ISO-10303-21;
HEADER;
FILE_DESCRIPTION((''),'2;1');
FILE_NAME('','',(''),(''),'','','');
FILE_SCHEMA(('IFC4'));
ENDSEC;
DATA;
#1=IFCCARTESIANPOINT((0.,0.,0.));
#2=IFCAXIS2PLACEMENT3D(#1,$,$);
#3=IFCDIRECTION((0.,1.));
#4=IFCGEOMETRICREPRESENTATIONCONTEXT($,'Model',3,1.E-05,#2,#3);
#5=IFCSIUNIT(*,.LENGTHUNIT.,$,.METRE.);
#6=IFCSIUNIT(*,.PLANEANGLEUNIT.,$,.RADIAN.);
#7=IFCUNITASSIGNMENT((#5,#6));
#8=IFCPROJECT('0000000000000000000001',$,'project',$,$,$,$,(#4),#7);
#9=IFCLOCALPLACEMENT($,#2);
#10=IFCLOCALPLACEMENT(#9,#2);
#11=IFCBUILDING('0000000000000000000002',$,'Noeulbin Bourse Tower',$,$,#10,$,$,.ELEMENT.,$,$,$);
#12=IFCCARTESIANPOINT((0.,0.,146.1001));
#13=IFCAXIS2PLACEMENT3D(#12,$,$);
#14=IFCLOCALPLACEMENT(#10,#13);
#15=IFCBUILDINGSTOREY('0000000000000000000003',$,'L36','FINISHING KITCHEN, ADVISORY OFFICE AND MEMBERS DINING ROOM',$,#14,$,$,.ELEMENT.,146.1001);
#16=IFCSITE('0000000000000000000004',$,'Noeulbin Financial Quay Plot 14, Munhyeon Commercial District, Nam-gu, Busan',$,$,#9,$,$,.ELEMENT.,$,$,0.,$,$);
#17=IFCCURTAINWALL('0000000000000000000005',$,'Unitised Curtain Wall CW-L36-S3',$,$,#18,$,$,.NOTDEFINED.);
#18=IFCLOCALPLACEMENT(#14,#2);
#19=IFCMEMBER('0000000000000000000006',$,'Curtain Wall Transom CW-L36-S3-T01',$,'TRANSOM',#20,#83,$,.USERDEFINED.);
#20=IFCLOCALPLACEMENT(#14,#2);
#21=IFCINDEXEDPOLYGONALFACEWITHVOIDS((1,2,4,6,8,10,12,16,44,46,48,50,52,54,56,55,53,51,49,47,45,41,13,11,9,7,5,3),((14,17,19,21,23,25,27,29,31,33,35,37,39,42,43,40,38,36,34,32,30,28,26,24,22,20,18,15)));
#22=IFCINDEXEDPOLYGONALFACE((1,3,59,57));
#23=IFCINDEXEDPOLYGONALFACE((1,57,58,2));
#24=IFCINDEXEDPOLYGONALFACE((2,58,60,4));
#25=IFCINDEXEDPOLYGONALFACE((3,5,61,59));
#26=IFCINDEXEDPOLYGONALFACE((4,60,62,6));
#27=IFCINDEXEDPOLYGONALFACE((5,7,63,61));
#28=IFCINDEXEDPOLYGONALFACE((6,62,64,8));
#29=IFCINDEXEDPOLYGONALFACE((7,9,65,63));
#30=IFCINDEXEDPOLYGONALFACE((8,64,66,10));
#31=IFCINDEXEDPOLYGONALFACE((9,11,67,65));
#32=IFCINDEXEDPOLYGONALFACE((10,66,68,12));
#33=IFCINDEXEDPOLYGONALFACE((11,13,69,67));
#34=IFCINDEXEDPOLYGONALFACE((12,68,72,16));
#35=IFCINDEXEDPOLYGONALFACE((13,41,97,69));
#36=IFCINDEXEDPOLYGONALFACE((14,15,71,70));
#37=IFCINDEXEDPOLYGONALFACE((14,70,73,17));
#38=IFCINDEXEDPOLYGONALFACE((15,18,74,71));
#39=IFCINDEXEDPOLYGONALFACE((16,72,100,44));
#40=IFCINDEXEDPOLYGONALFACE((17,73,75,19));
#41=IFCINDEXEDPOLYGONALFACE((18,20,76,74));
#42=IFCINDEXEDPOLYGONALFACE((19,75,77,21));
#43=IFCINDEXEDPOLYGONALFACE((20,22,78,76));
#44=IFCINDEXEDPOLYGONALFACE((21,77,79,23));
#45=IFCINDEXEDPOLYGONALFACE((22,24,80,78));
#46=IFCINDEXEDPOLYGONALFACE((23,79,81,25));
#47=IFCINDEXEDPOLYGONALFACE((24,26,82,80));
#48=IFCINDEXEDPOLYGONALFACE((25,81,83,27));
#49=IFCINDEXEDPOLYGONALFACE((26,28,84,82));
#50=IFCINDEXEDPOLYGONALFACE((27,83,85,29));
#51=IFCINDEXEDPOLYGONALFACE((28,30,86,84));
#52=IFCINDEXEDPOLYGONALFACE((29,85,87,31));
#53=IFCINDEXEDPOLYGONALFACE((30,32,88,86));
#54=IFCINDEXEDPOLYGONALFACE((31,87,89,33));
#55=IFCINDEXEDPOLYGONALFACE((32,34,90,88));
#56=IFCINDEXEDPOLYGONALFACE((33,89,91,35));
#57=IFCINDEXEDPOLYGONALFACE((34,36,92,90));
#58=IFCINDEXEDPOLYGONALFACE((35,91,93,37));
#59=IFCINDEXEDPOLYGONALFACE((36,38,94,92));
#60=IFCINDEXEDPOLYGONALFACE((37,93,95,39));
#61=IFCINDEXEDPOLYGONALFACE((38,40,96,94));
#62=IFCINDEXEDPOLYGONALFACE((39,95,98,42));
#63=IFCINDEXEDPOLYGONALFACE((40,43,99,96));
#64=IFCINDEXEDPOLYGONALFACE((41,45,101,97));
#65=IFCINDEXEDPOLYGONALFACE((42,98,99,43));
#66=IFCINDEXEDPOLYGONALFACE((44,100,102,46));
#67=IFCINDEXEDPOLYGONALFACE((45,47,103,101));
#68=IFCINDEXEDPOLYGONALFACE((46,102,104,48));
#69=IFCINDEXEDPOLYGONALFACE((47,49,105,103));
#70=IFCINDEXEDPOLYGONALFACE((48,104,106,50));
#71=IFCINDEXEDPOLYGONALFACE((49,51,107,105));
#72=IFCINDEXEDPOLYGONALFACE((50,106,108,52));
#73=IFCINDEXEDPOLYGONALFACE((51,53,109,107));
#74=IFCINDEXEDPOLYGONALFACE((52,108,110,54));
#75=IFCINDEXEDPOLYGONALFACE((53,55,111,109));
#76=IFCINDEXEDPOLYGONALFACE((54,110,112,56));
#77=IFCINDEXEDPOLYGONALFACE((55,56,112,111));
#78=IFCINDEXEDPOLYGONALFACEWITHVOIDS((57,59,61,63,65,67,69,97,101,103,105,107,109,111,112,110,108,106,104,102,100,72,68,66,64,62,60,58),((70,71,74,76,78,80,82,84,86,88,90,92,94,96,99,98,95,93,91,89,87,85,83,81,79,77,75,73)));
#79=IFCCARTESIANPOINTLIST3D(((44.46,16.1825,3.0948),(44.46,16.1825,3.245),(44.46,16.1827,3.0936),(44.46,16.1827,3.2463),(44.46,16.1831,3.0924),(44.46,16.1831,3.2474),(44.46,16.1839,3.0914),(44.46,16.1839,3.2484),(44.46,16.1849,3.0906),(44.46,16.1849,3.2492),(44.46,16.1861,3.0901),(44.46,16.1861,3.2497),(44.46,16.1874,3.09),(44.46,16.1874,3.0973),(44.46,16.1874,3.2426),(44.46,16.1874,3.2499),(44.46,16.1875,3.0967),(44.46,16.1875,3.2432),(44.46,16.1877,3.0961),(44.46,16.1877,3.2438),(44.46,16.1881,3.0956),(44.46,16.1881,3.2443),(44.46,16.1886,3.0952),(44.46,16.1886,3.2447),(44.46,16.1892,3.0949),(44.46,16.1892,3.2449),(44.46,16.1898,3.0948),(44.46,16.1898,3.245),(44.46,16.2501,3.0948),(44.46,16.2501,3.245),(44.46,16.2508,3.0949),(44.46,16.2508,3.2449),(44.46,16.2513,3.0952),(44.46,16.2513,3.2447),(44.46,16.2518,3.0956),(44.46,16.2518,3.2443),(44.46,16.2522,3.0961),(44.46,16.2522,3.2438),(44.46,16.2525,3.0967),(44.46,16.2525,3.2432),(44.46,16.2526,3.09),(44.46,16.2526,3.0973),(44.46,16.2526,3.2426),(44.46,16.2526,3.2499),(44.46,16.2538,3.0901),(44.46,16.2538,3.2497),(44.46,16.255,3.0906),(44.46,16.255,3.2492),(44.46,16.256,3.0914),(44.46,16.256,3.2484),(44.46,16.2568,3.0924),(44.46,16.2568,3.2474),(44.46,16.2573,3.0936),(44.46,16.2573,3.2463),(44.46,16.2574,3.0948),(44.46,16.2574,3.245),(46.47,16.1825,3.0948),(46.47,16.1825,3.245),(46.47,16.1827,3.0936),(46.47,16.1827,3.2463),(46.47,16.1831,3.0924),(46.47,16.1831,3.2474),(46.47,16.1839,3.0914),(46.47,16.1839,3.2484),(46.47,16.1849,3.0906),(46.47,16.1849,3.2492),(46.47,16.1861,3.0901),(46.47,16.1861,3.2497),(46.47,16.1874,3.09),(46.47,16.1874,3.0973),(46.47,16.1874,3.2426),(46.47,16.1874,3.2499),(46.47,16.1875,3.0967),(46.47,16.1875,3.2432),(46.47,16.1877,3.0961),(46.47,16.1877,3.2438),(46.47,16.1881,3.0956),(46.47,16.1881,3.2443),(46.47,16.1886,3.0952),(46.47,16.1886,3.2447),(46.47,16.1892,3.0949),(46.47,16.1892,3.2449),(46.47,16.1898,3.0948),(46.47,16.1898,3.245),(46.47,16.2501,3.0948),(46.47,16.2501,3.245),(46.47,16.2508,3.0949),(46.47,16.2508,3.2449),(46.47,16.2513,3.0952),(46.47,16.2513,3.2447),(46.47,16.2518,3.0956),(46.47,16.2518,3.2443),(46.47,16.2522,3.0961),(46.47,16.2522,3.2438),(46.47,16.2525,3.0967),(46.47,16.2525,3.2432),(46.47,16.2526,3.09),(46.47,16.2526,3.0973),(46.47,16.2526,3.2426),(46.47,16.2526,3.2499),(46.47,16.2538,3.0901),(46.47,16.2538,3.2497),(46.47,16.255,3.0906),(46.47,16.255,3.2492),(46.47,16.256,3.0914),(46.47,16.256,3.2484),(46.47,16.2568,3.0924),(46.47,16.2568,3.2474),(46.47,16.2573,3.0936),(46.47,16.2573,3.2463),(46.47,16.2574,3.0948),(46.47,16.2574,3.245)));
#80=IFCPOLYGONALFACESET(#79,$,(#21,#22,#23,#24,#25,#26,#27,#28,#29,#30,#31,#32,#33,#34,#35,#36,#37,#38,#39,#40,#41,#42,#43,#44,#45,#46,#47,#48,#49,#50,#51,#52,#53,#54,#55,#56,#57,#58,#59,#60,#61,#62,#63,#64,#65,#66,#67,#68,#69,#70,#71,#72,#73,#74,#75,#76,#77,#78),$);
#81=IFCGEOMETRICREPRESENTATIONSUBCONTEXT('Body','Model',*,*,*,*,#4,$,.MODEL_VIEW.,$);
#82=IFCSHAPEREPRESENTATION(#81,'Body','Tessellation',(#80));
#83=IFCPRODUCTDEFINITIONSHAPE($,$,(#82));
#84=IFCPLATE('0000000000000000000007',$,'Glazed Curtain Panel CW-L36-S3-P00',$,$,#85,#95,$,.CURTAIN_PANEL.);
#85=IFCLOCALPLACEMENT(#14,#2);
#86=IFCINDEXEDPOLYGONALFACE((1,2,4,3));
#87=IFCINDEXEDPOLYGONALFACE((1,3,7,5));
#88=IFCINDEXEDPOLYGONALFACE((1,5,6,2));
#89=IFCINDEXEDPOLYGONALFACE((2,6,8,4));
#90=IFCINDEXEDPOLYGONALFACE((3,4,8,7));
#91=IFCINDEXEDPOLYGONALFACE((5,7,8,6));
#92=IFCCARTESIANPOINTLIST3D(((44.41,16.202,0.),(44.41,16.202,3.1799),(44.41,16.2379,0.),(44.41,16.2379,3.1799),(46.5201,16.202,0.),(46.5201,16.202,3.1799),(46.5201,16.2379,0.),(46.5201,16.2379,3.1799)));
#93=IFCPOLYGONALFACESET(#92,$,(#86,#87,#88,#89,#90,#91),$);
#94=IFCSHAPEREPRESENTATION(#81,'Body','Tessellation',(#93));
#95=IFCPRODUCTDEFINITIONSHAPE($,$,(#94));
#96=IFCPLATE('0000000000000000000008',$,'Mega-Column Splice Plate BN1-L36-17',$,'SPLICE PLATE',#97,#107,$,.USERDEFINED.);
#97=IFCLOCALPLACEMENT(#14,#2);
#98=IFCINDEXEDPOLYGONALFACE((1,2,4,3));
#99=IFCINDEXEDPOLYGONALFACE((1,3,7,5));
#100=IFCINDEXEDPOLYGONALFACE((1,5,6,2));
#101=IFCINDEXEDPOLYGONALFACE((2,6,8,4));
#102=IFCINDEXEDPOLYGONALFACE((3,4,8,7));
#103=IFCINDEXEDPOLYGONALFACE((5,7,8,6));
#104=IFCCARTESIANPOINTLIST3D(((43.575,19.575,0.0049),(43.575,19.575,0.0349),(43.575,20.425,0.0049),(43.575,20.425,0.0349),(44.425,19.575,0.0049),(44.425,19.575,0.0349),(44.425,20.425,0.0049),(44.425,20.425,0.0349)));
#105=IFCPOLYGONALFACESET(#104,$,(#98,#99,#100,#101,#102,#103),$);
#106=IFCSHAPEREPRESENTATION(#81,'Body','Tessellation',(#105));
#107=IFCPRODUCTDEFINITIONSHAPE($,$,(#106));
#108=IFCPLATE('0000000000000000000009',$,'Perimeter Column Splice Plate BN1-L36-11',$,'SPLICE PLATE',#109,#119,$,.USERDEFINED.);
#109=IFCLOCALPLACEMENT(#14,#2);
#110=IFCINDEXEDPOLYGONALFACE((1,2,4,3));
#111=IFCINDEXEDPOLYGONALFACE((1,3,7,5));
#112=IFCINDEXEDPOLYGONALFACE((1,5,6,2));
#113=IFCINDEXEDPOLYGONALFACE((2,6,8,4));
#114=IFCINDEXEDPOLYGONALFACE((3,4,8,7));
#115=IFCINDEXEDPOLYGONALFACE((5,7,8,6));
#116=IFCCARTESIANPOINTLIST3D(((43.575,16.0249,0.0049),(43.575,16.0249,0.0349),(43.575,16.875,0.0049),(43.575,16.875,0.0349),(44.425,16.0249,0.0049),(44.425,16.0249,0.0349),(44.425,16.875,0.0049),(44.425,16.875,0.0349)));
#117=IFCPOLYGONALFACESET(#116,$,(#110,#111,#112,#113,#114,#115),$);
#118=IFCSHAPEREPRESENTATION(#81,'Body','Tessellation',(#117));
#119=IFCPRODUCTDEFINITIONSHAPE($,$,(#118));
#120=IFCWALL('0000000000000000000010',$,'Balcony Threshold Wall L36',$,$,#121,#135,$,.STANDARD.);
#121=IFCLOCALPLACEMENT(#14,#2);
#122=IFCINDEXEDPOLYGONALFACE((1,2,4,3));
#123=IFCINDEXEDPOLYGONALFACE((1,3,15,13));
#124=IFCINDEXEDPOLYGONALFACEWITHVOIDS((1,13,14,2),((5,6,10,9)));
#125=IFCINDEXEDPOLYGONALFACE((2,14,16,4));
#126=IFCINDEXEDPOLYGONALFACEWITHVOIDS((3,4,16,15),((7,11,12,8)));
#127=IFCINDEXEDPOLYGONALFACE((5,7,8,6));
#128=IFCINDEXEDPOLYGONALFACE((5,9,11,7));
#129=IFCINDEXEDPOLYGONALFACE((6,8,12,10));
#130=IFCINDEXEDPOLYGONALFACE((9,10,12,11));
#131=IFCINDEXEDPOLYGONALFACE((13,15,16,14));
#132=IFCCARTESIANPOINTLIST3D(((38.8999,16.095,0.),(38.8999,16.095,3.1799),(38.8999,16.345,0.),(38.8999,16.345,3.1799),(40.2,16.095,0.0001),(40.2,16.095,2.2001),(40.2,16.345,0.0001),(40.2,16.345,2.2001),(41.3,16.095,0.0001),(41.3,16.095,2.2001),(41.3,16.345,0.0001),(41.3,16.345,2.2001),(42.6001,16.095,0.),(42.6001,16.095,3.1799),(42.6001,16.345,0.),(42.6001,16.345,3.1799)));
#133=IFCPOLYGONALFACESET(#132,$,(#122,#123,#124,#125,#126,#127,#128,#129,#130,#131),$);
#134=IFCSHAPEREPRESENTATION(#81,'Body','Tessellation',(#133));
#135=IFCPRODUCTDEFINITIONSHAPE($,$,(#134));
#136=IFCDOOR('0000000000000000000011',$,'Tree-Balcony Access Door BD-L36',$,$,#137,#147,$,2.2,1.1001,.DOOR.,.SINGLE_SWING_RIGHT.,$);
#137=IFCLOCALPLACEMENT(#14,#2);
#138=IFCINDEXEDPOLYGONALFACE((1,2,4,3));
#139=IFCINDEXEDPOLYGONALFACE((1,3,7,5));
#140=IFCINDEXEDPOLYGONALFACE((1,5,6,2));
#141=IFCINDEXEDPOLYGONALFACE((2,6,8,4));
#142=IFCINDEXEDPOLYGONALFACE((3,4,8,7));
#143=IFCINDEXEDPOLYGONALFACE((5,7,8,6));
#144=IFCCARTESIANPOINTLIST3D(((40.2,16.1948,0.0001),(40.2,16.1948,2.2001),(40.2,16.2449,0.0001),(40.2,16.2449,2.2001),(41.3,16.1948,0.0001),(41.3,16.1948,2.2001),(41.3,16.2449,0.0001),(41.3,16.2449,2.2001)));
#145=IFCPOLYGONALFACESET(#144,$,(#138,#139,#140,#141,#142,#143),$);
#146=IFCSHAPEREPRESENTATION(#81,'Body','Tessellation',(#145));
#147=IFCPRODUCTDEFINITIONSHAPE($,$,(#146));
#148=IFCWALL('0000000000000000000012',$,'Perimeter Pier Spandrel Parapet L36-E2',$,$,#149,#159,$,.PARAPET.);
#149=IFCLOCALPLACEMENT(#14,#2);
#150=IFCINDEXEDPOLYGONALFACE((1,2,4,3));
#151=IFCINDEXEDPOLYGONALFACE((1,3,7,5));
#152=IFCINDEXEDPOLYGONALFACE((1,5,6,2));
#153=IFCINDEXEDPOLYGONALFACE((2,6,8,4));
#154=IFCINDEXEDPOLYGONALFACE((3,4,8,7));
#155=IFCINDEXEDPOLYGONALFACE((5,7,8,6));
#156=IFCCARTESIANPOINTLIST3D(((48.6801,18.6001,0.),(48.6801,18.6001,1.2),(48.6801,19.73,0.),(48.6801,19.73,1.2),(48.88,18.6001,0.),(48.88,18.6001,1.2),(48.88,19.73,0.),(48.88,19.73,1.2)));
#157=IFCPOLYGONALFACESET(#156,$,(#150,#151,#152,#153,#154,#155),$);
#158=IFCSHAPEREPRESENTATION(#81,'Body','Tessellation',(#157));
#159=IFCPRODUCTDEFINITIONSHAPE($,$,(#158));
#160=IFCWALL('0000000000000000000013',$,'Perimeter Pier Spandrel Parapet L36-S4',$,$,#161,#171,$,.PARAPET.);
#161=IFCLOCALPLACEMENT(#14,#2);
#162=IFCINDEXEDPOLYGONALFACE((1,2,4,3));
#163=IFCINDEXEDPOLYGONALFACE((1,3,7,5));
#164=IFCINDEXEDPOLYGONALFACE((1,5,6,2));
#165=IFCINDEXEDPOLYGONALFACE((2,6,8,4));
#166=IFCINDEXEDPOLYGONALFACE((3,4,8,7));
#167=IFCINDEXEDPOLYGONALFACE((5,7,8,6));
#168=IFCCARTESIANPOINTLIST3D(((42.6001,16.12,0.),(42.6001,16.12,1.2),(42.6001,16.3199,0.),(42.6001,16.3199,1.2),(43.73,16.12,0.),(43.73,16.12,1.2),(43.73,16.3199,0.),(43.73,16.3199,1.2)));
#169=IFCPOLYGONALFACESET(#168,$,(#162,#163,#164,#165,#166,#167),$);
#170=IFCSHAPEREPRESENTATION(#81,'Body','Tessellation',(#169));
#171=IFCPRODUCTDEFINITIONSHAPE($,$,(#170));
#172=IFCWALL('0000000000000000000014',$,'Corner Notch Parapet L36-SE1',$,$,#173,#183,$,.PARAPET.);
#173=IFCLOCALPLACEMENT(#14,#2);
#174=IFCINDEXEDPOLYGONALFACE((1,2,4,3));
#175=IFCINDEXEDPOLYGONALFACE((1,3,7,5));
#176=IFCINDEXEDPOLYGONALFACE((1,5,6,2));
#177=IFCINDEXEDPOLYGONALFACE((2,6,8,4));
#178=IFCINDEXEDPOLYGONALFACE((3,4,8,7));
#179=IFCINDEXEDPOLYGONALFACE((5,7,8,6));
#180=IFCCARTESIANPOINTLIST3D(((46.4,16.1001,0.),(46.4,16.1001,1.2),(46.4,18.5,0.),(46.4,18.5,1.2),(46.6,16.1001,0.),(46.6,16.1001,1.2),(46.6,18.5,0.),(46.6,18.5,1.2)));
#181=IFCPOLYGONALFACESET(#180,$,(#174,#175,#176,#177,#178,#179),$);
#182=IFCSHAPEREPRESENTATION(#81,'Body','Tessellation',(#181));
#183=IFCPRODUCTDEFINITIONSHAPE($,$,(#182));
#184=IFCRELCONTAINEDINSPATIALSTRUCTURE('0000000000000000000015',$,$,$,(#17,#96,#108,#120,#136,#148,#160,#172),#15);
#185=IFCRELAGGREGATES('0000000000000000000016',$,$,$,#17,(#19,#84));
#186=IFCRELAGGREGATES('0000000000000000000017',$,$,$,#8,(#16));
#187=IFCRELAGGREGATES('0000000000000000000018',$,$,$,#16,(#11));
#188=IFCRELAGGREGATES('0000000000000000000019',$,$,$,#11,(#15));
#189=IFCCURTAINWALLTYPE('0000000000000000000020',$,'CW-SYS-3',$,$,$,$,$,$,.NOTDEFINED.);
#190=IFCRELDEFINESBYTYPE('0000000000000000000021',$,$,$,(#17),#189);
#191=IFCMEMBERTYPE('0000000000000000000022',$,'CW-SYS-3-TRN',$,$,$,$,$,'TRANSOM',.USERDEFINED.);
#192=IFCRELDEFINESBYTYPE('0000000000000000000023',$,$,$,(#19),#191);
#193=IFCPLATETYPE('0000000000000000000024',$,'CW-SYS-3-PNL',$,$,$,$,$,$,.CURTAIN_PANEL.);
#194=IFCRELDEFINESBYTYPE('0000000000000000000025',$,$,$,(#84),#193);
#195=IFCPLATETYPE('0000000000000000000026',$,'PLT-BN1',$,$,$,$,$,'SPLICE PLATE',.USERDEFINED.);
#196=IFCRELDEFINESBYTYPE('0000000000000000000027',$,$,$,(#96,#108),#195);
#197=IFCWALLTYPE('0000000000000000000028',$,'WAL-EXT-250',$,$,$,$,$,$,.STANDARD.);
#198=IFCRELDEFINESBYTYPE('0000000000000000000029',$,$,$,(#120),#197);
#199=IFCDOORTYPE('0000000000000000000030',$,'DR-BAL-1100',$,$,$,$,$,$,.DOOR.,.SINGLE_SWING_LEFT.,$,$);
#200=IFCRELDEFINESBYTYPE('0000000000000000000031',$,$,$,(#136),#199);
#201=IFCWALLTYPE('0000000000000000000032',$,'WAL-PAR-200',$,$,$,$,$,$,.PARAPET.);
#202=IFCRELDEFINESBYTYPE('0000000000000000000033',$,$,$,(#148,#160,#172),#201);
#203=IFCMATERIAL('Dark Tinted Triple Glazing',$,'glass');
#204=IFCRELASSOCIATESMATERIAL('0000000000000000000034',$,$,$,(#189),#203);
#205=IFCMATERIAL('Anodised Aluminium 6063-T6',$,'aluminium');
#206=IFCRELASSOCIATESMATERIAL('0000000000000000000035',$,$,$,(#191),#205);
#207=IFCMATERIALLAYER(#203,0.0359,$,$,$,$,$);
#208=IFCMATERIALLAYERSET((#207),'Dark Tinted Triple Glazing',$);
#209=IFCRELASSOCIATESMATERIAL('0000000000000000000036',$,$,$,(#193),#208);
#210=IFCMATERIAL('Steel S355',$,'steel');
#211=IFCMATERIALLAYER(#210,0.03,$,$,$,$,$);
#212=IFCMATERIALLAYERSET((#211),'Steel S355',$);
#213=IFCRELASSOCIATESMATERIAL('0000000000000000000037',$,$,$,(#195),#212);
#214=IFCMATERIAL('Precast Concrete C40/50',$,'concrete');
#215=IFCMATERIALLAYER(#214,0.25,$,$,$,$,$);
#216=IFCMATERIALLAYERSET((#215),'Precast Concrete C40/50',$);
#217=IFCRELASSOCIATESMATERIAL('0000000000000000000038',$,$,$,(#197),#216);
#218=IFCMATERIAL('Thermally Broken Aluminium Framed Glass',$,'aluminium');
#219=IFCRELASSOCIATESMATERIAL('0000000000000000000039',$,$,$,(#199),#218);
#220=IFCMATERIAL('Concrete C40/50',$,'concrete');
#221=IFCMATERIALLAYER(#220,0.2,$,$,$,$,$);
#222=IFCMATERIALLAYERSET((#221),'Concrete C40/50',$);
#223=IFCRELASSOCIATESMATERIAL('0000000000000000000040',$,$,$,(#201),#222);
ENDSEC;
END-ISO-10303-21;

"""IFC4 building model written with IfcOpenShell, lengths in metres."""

from ifc_helpers import new_model, si_unit, direction, frame, frame_2d, origin, origin_2d, place, context, subcontext, project, spatial, rectangle, hollow_rectangle, extrude, material, layer, layer_set, material_profile, profile_set, type_object, element, fill, aggregate, save


model = new_model("IFC4")

# Units and contexts
model_context = context("Model", 3, precision=1e-05, world=origin(), true_north=direction((0.0, 1.0)))
body_context = subcontext(model_context, "Body", "Model", "MODEL_VIEW")
ifc_project = project(units=[si_unit("LENGTHUNIT", "METRE"), si_unit("PLANEANGLEUNIT", "RADIAN")], contexts=[model_context])

# Site, building, storey
site_placement = place(None, origin())
site = spatial("IfcSite", under=ifc_project, at=site_placement, Name="Noeulbin Financial Quay Plot 14, Munhyeon Commercial District, Nam-gu, Busan", CompositionType="ELEMENT", RefElevation=0.0)
building_placement = place(site_placement, origin())
building = spatial("IfcBuilding", under=site, at=building_placement, Name="Noeulbin Bourse Tower", CompositionType="ELEMENT")
storey_placement = place(building_placement, frame((0.0, 0.0, 146.1001)))
storey = spatial("IfcBuildingStorey", under=building, at=storey_placement, Name="L36", Description="FINISHING KITCHEN, ADVISORY OFFICE AND MEMBERS DINING ROOM", CompositionType="ELEMENT", Elevation=146.1001)

# Shared definitions
ifc_material_1 = material(Name="Steel S355", Category="steel")

# Curtain wall, member, plate
ifc_material_2 = material(Name="Dark Tinted Triple Glazing", Category="glass")
curtain_wall_type = type_object("IfcCurtainWallType", Name="CW-SYS-3", PredefinedType="NOTDEFINED", material=ifc_material_2)
curtain_wall_placement = place(storey_placement, origin())
curtain_wall = element("IfcCurtainWall", 1, at=curtain_wall_placement, inside=storey, type_object=curtain_wall_type, Name="Unitised Curtain Wall CW-L36-S3", PredefinedType="NOTDEFINED")
ifc_material_3 = material(Name="Anodised Aluminium 6063-T6", Category="aluminium")
ifc_material_profile_1 = material_profile(ifc_material_3, hollow_rectangle(XDim=0.075, YDim=0.1599, WallThickness=0.0049, InnerFilletRadius=0.0024, OuterFilletRadius=0.0049, at=origin_2d()), Name="ALU-TRAN-75x160x5", Category="LoadBearing")
ifc_profile_set_1 = profile_set([ifc_material_profile_1], Name="Anodised Aluminium 6063-T6")
member_type_1 = type_object("IfcMemberType", Name="CW-SYS-3-TRN", ElementType="TRANSOM", PredefinedType="USERDEFINED", material=ifc_profile_set_1)
member_1_placement = place(storey_placement, frame((44.46, 16.22, 3.1699), z_axis=(1.0, 0.0, 0.0), x_axis=(0.0, 1.0, 0.0)))
member_1 = element("IfcMember", 2, at=member_1_placement, type_object=member_type_1, Name="Curtain Wall Transom CW-L36-S3-T01", ObjectType="TRANSOM", PredefinedType="USERDEFINED", context=body_context, shape_type="SweptSolid", body=[
    extrude(hollow_rectangle(XDim=0.075, YDim=0.1599, WallThickness=0.0049, InnerFilletRadius=0.0024, OuterFilletRadius=0.0049, at=origin_2d()), origin(), (0.0, 0.0, 1.0), 2.01),
])
ifc_layer_1 = layer(ifc_material_2, 0.0359)
ifc_layer_set_1 = layer_set([ifc_layer_1], Name="Dark Tinted Triple Glazing")
plate_type_1 = type_object("IfcPlateType", Name="CW-SYS-3-PNL", PredefinedType="CURTAIN_PANEL", material=ifc_layer_set_1)
plate_placement = place(storey_placement, frame((45.4651, 16.22, 0.0), z_axis=(0.0, 0.0, 1.0), x_axis=(1.0, 0.0, 0.0)))
plate = element("IfcPlate", 3, at=plate_placement, type_object=plate_type_1, Name="Glazed Curtain Panel CW-L36-S3-P00", PredefinedType="CURTAIN_PANEL", context=body_context, shape_type="SweptSolid", body=[
    extrude(rectangle(XDim=2.1101, YDim=0.0359, at=origin_2d()), origin(), (0.0, 0.0, 1.0), 3.1799),
])
aggregate(curtain_wall, [member_1, plate])

# Plates
ifc_layer_2 = layer(ifc_material_1, 0.03)
ifc_layer_set_2 = layer_set([ifc_layer_2], Name="Steel S355")
plate_type_2 = type_object("IfcPlateType", Name="PLT-BN1", ElementType="SPLICE PLATE", PredefinedType="USERDEFINED", material=ifc_layer_set_2)
for number, where, z_axis, x_axis, name in (
    (4, (44.0, 20.0, 0.0049), (0.0, 0.0, 1.0), (1.0, 0.0, 0.0), "Mega-Column Splice Plate BN1-L36-17"),
    (5, (44.0, 16.45, 0.0049), (0.0, 0.0, 1.0), (1.0, 0.0, 0.0), "Perimeter Column Splice Plate BN1-L36-11"),
):
    element("IfcPlate", number, at=place(storey_placement, frame(where, z_axis=z_axis, x_axis=x_axis)), inside=storey, type_object=plate_type_2, Name=name, ObjectType="SPLICE PLATE", PredefinedType="USERDEFINED", context=body_context, shape_type="SweptSolid", body=[
        extrude(rectangle(XDim=0.8501, YDim=0.8501, at=origin_2d()), origin(), (0.0, 0.0, 1.0), 0.03),
    ])

# Wall, opening, door
ifc_material_4 = material(Name="Precast Concrete C40/50", Category="concrete")
ifc_layer_3 = layer(ifc_material_4, 0.25)
ifc_layer_set_3 = layer_set([ifc_layer_3], Name="Precast Concrete C40/50")
wall_type_1 = type_object("IfcWallType", Name="WAL-EXT-250", PredefinedType="STANDARD", material=ifc_layer_set_3)
wall_1_placement = place(storey_placement, frame((38.8999, 16.22, 0.0), z_axis=(0.0, 0.0, 1.0), x_axis=(1.0, 0.0, 0.0)))
wall_1 = element("IfcWall", 6, at=wall_1_placement, inside=storey, type_object=wall_type_1, Name="Balcony Threshold Wall L36", PredefinedType="STANDARD", context=body_context, shape_type="SweptSolid", body=[
    extrude(rectangle(XDim=3.7002, YDim=0.25, at=frame_2d((1.8501, 0.0))), origin(), (0.0, 0.0, 1.0), 3.1799),
])
opening_placement = place(wall_1_placement, frame((1.3, 0.0, 0.0)))
opening = element("IfcOpeningElement", 7, at=opening_placement, cuts=wall_1, PredefinedType="OPENING", context=body_context, shape_type="SweptSolid", body=[
    extrude(rectangle(XDim=1.1001, YDim=2.2, at=frame_2d((0.55, 1.1001))), frame((0.0, 0.135, 0.0), z_axis=(0.0, -1.0, 0.0), x_axis=(1.0, 0.0, 0.0)), (0.0, 0.0, 1.0), 0.27),
])
ifc_material_5 = material(Name="Thermally Broken Aluminium Framed Glass", Category="aluminium")
door_type = type_object("IfcDoorType", Name="DR-BAL-1100", OperationType="SINGLE_SWING_LEFT", PredefinedType="DOOR", material=ifc_material_5)
door_placement = place(opening_placement, origin())
door = element("IfcDoor", 8, at=door_placement, inside=storey, type_object=door_type, Name="Tree-Balcony Access Door BD-L36", OperationType="SINGLE_SWING_RIGHT", OverallHeight=2.2, OverallWidth=1.1001, PredefinedType="DOOR", context=body_context, shape_type="SweptSolid", body=[
    extrude(rectangle(XDim=1.1001, YDim=2.2, at=frame_2d((0.55, 1.1001))), frame((0.0, 0.0249, 0.0), z_axis=(0.0, -1.0, 0.0), x_axis=(1.0, 0.0, 0.0)), (0.0, 0.0, 1.0), 0.05),
])
fill(opening, door)

# Walls
ifc_material_6 = material(Name="Concrete C40/50", Category="concrete")
ifc_layer_4 = layer(ifc_material_6, 0.2)
ifc_layer_set_4 = layer_set([ifc_layer_4], Name="Concrete C40/50")
wall_type_2 = type_object("IfcWallType", Name="WAL-PAR-200", PredefinedType="PARAPET", material=ifc_layer_set_4)
for number, where, z_axis, x_axis, name in (
    (9, (48.78, 18.6001, 0.0), (0.0, 0.0, 1.0), (0.0, 1.0, 0.0), "Perimeter Pier Spandrel Parapet L36-E2"),
    (10, (42.6001, 16.22, 0.0), (0.0, 0.0, 1.0), (1.0, 0.0, 0.0), "Perimeter Pier Spandrel Parapet L36-S4"),
):
    element("IfcWall", number, at=place(storey_placement, frame(where, z_axis=z_axis, x_axis=x_axis)), inside=storey, type_object=wall_type_2, Name=name, PredefinedType="PARAPET", context=body_context, shape_type="SweptSolid", body=[
        extrude(rectangle(XDim=1.1299, YDim=0.2, at=frame_2d((0.5649, 0.0))), origin(), (0.0, 0.0, 1.0), 1.2),
    ])
for number, where, z_axis, x_axis, name in (
    (11, (46.5, 16.1001, 0.0), (0.0, 0.0, 1.0), (0.0, 1.0, 0.0), "Corner Notch Parapet L36-SE1"),
):
    element("IfcWall", number, at=place(storey_placement, frame(where, z_axis=z_axis, x_axis=x_axis)), inside=storey, type_object=wall_type_2, Name=name, PredefinedType="PARAPET", context=body_context, shape_type="SweptSolid", body=[
        extrude(rectangle(XDim=2.3999, YDim=0.2, at=frame_2d((1.2, 0.0))), origin(), (0.0, 0.0, 1.0), 1.2),
    ])

save(model, "model.ifc")
